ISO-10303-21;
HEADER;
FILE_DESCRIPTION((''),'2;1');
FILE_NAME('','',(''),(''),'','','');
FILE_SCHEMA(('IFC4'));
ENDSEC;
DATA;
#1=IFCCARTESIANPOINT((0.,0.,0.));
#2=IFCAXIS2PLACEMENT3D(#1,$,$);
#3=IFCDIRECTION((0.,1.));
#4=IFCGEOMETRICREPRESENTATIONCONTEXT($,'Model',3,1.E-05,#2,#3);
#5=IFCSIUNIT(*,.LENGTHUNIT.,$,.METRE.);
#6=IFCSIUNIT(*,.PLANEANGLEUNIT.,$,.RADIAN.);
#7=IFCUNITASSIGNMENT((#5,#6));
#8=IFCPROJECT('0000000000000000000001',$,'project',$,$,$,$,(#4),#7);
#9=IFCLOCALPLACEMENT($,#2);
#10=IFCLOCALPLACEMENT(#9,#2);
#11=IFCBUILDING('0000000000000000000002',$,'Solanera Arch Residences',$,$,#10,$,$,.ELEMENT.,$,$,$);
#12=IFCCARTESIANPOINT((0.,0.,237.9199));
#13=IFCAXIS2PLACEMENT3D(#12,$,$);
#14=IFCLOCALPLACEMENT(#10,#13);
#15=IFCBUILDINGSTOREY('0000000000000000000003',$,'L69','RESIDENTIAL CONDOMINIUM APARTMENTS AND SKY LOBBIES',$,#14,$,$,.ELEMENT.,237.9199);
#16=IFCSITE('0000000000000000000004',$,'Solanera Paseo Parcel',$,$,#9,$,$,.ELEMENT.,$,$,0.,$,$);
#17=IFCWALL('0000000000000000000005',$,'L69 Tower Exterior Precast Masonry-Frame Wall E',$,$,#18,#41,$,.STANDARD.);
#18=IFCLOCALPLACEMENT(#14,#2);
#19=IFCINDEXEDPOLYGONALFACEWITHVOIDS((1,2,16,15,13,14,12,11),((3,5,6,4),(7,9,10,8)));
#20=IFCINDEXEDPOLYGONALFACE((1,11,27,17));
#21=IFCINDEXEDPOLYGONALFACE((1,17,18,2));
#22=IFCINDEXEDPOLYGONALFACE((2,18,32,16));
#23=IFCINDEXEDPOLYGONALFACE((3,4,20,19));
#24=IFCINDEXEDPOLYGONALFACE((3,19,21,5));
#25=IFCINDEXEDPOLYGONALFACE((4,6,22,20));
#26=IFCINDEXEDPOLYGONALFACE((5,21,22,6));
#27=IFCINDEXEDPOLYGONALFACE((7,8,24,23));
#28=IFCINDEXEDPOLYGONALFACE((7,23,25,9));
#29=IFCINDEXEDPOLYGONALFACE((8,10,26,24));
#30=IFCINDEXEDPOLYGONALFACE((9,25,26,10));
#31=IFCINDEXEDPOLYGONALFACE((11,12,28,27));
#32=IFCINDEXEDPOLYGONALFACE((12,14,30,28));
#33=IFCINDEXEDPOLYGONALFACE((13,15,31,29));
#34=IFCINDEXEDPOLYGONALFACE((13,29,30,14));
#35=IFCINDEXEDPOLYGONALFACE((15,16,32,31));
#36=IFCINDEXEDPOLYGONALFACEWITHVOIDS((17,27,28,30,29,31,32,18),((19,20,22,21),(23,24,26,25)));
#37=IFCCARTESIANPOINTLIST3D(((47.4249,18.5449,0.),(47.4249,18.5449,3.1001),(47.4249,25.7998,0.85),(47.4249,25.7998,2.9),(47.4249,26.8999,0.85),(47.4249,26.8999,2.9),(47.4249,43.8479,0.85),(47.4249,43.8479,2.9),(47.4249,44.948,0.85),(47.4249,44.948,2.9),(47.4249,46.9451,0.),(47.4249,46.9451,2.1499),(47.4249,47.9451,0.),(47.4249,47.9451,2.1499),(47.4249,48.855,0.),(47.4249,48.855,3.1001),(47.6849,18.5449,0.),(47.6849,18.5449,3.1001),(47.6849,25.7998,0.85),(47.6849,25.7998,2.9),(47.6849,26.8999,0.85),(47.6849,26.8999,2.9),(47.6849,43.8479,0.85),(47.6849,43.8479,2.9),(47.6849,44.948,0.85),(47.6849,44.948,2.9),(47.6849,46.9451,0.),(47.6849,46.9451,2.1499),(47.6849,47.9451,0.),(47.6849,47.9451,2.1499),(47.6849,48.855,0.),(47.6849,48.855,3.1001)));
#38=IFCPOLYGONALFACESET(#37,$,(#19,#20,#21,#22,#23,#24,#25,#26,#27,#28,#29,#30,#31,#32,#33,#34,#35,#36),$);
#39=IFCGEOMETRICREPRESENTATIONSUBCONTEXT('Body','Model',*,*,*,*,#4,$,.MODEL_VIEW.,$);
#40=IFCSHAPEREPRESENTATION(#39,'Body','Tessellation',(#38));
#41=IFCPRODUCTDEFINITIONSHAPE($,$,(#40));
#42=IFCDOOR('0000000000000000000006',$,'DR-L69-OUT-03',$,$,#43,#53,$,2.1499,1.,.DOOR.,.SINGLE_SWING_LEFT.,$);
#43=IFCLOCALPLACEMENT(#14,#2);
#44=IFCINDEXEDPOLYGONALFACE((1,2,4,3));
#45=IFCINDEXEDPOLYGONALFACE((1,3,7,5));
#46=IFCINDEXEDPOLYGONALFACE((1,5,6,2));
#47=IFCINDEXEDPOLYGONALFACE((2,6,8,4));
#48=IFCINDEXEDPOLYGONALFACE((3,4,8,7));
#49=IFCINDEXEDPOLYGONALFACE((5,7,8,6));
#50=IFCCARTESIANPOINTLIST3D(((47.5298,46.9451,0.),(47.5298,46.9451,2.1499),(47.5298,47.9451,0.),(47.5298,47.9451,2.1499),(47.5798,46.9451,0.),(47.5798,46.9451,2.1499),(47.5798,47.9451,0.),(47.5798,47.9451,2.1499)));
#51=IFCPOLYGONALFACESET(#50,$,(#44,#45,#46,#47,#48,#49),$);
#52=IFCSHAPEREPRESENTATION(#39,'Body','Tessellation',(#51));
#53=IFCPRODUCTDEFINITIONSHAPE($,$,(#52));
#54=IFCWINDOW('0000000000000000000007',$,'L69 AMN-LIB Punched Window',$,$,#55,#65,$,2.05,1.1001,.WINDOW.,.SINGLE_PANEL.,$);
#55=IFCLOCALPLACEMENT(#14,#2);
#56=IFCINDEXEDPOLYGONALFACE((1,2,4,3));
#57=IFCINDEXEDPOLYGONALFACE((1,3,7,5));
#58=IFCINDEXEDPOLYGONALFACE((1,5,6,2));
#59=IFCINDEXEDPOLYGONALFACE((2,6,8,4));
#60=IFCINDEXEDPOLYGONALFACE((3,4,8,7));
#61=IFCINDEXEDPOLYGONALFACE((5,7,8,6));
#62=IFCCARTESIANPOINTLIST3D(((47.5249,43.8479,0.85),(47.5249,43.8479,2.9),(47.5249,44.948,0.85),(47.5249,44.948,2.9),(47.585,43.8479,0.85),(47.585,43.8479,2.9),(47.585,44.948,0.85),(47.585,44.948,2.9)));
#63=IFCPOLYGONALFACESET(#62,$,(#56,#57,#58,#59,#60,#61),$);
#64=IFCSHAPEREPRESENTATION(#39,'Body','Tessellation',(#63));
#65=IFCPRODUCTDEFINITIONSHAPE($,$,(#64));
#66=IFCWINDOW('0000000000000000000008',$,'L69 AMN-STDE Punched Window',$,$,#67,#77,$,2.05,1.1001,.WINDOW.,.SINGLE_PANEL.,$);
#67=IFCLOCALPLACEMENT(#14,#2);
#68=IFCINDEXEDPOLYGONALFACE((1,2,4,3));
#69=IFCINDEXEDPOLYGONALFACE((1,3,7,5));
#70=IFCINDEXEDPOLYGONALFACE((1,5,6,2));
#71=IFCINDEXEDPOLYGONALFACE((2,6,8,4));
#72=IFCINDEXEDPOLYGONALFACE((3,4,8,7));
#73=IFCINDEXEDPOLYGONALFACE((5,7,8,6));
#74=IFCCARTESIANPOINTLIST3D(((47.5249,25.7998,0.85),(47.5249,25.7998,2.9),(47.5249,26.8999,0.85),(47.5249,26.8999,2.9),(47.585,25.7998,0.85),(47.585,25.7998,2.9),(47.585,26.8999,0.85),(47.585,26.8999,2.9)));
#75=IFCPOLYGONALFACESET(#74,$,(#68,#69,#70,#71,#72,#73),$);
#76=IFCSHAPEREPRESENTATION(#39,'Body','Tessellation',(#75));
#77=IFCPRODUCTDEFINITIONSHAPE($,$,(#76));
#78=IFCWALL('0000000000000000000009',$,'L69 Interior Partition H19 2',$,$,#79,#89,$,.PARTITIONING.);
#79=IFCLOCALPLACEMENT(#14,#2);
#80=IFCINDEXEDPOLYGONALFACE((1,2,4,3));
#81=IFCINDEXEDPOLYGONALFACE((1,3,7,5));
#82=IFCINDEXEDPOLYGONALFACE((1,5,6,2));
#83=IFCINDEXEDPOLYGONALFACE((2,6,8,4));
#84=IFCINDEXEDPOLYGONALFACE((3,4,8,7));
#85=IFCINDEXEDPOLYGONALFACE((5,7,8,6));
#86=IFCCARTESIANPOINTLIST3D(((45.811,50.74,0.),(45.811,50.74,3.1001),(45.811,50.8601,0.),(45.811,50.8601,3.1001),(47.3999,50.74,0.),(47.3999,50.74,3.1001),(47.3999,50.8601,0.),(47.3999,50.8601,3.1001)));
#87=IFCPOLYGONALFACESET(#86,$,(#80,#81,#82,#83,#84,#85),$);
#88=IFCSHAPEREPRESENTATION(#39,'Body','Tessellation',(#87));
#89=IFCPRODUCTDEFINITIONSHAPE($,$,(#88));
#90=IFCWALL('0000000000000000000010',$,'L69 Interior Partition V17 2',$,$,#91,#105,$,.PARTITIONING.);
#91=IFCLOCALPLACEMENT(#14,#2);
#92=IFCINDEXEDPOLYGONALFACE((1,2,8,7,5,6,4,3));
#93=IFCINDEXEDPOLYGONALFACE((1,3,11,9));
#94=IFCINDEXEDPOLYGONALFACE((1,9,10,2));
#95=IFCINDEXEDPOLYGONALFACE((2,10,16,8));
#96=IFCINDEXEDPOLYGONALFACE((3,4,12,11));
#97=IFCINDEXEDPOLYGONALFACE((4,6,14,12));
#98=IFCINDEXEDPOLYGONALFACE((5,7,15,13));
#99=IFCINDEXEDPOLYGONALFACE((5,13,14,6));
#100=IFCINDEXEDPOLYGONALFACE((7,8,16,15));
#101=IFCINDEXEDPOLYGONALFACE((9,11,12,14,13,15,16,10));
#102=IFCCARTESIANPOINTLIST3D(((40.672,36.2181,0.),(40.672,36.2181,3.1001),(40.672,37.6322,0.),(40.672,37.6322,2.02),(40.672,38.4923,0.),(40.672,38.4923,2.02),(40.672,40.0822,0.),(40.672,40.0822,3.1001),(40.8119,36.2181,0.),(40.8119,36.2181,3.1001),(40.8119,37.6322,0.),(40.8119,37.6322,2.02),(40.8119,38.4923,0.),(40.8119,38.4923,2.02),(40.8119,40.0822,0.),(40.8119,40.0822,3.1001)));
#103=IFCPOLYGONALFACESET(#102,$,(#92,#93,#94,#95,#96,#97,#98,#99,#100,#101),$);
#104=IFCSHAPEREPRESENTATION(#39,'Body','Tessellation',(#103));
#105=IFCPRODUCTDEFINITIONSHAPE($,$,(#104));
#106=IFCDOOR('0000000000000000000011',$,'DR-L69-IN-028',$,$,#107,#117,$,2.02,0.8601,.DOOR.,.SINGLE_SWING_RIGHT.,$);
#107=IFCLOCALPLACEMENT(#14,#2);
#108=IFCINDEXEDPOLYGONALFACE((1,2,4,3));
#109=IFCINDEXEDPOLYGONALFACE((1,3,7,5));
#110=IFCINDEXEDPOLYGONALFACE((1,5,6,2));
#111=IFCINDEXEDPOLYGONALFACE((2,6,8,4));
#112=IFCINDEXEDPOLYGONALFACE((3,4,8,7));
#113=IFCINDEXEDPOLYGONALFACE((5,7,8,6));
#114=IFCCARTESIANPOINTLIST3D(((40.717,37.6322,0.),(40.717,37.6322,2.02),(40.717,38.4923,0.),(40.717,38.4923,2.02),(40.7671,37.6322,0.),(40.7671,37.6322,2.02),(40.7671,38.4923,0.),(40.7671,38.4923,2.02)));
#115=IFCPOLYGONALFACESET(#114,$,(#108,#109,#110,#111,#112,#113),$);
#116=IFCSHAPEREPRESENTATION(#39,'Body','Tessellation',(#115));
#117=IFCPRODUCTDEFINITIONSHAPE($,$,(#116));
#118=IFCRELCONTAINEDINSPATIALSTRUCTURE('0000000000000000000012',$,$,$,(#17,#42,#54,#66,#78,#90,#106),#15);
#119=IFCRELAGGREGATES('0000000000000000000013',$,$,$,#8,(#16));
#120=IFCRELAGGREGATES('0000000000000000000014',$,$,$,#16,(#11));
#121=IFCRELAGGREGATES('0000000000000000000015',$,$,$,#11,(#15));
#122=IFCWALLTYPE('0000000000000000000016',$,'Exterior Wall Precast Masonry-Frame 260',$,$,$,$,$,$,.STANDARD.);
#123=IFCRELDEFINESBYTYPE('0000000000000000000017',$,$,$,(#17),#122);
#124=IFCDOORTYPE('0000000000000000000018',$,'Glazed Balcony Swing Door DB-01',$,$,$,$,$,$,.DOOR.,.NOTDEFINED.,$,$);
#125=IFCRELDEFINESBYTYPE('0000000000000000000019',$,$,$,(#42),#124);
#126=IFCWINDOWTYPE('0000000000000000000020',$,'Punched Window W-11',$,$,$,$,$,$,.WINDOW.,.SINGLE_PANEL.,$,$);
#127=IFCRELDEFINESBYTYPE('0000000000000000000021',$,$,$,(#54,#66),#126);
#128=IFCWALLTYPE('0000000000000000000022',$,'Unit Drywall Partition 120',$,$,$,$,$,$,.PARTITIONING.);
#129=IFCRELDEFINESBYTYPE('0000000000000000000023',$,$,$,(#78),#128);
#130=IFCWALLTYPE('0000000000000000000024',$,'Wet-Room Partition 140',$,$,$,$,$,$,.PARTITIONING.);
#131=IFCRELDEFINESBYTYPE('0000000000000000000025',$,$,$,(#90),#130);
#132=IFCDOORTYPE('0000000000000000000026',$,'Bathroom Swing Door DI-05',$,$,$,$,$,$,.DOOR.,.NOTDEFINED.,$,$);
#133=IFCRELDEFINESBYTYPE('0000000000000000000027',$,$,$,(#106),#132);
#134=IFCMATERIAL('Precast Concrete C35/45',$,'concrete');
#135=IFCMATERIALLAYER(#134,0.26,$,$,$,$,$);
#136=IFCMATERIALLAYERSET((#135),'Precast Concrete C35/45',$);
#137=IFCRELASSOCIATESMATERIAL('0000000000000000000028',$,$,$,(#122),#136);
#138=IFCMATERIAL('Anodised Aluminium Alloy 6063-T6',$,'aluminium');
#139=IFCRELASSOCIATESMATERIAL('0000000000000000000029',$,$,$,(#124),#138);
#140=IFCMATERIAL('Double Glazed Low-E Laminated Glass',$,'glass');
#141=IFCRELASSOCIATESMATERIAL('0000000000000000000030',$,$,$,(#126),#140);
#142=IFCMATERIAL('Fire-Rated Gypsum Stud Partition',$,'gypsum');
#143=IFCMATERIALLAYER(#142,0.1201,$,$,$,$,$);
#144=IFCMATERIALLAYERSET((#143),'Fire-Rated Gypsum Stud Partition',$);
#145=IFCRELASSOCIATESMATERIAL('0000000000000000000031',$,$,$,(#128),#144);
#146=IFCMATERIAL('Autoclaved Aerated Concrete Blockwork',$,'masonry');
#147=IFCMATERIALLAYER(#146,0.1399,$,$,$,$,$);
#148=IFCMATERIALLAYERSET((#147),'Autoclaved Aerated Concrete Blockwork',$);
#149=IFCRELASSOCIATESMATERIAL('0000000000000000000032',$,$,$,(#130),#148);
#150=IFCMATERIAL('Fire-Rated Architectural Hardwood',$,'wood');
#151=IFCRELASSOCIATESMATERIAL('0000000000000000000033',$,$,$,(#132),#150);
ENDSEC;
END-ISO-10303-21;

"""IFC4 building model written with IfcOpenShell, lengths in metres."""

from ifc_helpers import new_model, si_unit, direction, frame, frame_2d, origin, place, context, subcontext, project, spatial, rectangle, extrude, material, layer, layer_set, type_object, element, fill, save


model = new_model("IFC4")

# Units and contexts
model_context = context("Model", 3, precision=1e-05, world=origin(), true_north=direction((0.0, 1.0)))
body_context = subcontext(model_context, "Body", "Model", "MODEL_VIEW")
ifc_project = project(units=[si_unit("LENGTHUNIT", "METRE"), si_unit("PLANEANGLEUNIT", "RADIAN")], contexts=[model_context])

# Site, building, storey
site_placement = place(None, origin())
site = spatial("IfcSite", under=ifc_project, at=site_placement, Name="Solanera Paseo Parcel", CompositionType="ELEMENT", RefElevation=0.0)
building_placement = place(site_placement, origin())
building = spatial("IfcBuilding", under=site, at=building_placement, Name="Solanera Arch Residences", CompositionType="ELEMENT")
storey_placement = place(building_placement, frame((0.0, 0.0, 237.9199)))
storey = spatial("IfcBuildingStorey", under=building, at=storey_placement, Name="L69", Description="RESIDENTIAL CONDOMINIUM APARTMENTS AND SKY LOBBIES", CompositionType="ELEMENT", Elevation=237.9199)

# Shared definitions
ifc_material_1 = material(Name="Precast Concrete C35/45", Category="concrete")
ifc_layer_1 = layer(ifc_material_1, 0.26)
ifc_layer_set_1 = layer_set([ifc_layer_1], Name="Precast Concrete C35/45")
wall_type_1 = type_object("IfcWallType", Name="Exterior Wall Precast Masonry-Frame 260", PredefinedType="STANDARD", material=ifc_layer_set_1)

# Wall, openings, door, windows
wall_1_placement = place(storey_placement, frame((47.5549, 48.855, 0.0), z_axis=(0.0, 0.0, 1.0), x_axis=(0.0, -1.0, 0.0)))
wall_1 = element("IfcWall", 1, at=wall_1_placement, inside=storey, type_object=wall_type_1, Name="L69 Tower Exterior Precast Masonry-Frame Wall E", PredefinedType="STANDARD", context=body_context, shape_type="SweptSolid", body=[
    extrude(rectangle(XDim=30.3101, YDim=0.26, at=frame_2d((15.155, 0.0))), origin(), (0.0, 0.0, 1.0), 3.1001),
])
opening_1_placement = place(wall_1_placement, frame((0.9099, 0.0, 0.0)))
opening_1 = element("IfcOpeningElement", 2, at=opening_1_placement, cuts=wall_1, PredefinedType="OPENING", context=body_context, shape_type="SweptSolid", body=[
    extrude(rectangle(XDim=1.0, YDim=2.1499, at=frame_2d((0.5, 1.075))), frame((0.0, 0.1399, 0.0), z_axis=(0.0, -1.0, 0.0), x_axis=(1.0, 0.0, 0.0)), (0.0, 0.0, 1.0), 0.28),
])
opening_2_placement = place(wall_1_placement, frame((3.907, 0.0, 0.8501)))
opening_2 = element("IfcOpeningElement", 3, at=opening_2_placement, cuts=wall_1, PredefinedType="OPENING", context=body_context, shape_type="SweptSolid", body=[
    extrude(rectangle(XDim=1.1001, YDim=2.05, at=frame_2d((0.55, 1.0249))), frame((0.0, 0.1399, 0.0), z_axis=(0.0, -1.0, 0.0), x_axis=(1.0, 0.0, 0.0)), (0.0, 0.0, 1.0), 0.28),
])
opening_3_placement = place(wall_1_placement, frame((21.9551, 0.0, 0.8501)))
opening_3 = element("IfcOpeningElement", 4, at=opening_3_placement, cuts=wall_1, PredefinedType="OPENING", context=body_context, shape_type="SweptSolid", body=[
    extrude(rectangle(XDim=1.1001, YDim=2.05, at=frame_2d((0.55, 1.0249))), frame((0.0, 0.1399, 0.0), z_axis=(0.0, -1.0, 0.0), x_axis=(1.0, 0.0, 0.0)), (0.0, 0.0, 1.0), 0.28),
])
ifc_material_2 = material(Name="Anodised Aluminium Alloy 6063-T6", Category="aluminium")
door_type_1 = type_object("IfcDoorType", Name="Glazed Balcony Swing Door DB-01", OperationType="NOTDEFINED", PredefinedType="DOOR", material=ifc_material_2)
door_1_placement = place(opening_1_placement, origin())
door_1 = element("IfcDoor", 5, at=door_1_placement, inside=storey, type_object=door_type_1, Name="DR-L69-OUT-03", OperationType="SINGLE_SWING_LEFT", OverallHeight=2.1499, OverallWidth=1.0, PredefinedType="DOOR", context=body_context, shape_type="SweptSolid", body=[
    extrude(rectangle(XDim=1.0, YDim=2.1499, at=frame_2d((0.5, 1.075))), frame((0.0, 0.0249, 0.0), z_axis=(0.0, -1.0, 0.0), x_axis=(1.0, 0.0, 0.0)), (0.0, 0.0, 1.0), 0.05),
])
fill(opening_1, door_1)
ifc_material_3 = material(Name="Double Glazed Low-E Laminated Glass", Category="glass")
window_type = type_object("IfcWindowType", Name="Punched Window W-11", PartitioningType="SINGLE_PANEL", PredefinedType="WINDOW", material=ifc_material_3)
window_1_placement = place(opening_2_placement, origin())
window_1 = element("IfcWindow", 6, at=window_1_placement, inside=storey, type_object=window_type, Name="L69 AMN-LIB Punched Window", OverallHeight=2.05, OverallWidth=1.1001, PartitioningType="SINGLE_PANEL", PredefinedType="WINDOW", context=body_context, shape_type="SweptSolid", body=[
    extrude(rectangle(XDim=1.1001, YDim=2.05, at=frame_2d((0.55, 1.0249))), frame((0.0, 0.03, 0.0), z_axis=(0.0, -1.0, 0.0), x_axis=(1.0, 0.0, 0.0)), (0.0, 0.0, 1.0), 0.0601),
])
fill(opening_2, window_1)
window_2_placement = place(opening_3_placement, origin())
window_2 = element("IfcWindow", 7, at=window_2_placement, inside=storey, type_object=window_type, Name="L69 AMN-STDE Punched Window", OverallHeight=2.05, OverallWidth=1.1001, PartitioningType="SINGLE_PANEL", PredefinedType="WINDOW", context=body_context, shape_type="SweptSolid", body=[
    extrude(rectangle(XDim=1.1001, YDim=2.05, at=frame_2d((0.55, 1.0249))), frame((0.0, 0.03, 0.0), z_axis=(0.0, -1.0, 0.0), x_axis=(1.0, 0.0, 0.0)), (0.0, 0.0, 1.0), 0.0601),
])
fill(opening_3, window_2)

# Wall
ifc_material_4 = material(Name="Fire-Rated Gypsum Stud Partition", Category="gypsum")
ifc_layer_2 = layer(ifc_material_4, 0.1201)
ifc_layer_set_2 = layer_set([ifc_layer_2], Name="Fire-Rated Gypsum Stud Partition")
wall_type_2 = type_object("IfcWallType", Name="Unit Drywall Partition 120", PredefinedType="PARTITIONING", material=ifc_layer_set_2)
wall_2_placement = place(storey_placement, frame((45.811, 50.8, 0.0), z_axis=(0.0, 0.0, 1.0), x_axis=(1.0, 0.0, 0.0)))
element("IfcWall", 8, at=wall_2_placement, inside=storey, type_object=wall_type_2, Name="L69 Interior Partition H19 2", PredefinedType="PARTITIONING", context=body_context, shape_type="SweptSolid", body=[
    extrude(rectangle(XDim=1.5889, YDim=0.1201, at=frame_2d((0.7944, 0.0))), origin(), (0.0, 0.0, 1.0), 3.1001),
])

# Wall, opening, door
ifc_material_5 = material(Name="Autoclaved Aerated Concrete Blockwork", Category="masonry")
ifc_layer_3 = layer(ifc_material_5, 0.1399)
ifc_layer_set_3 = layer_set([ifc_layer_3], Name="Autoclaved Aerated Concrete Blockwork")
wall_type_3 = type_object("IfcWallType", Name="Wet-Room Partition 140", PredefinedType="PARTITIONING", material=ifc_layer_set_3)
wall_3_placement = place(storey_placement, frame((40.7419, 36.218, 0.0), z_axis=(0.0, 0.0, 1.0), x_axis=(0.0, 1.0, 0.0)))
wall_3 = element("IfcWall", 9, at=wall_3_placement, inside=storey, type_object=wall_type_3, Name="L69 Interior Partition V17 2", PredefinedType="PARTITIONING", context=body_context, shape_type="SweptSolid", body=[
    extrude(rectangle(XDim=3.864, YDim=0.1399, at=frame_2d((1.9321, 0.0))), origin(), (0.0, 0.0, 1.0), 3.1001),
])
opening_4_placement = place(wall_3_placement, frame((1.4141, 0.0, 0.0)))
opening_4 = element("IfcOpeningElement", 10, at=opening_4_placement, cuts=wall_3, PredefinedType="OPENING", context=body_context, shape_type="SweptSolid", body=[
    extrude(rectangle(XDim=0.8601, YDim=2.02, at=frame_2d((0.4302, 1.01))), frame((0.0, 0.0798, 0.0), z_axis=(0.0, -1.0, 0.0), x_axis=(1.0, 0.0, 0.0)), (0.0, 0.0, 1.0), 0.1599),
])
ifc_material_6 = material(Name="Fire-Rated Architectural Hardwood", Category="wood")
door_type_2 = type_object("IfcDoorType", Name="Bathroom Swing Door DI-05", OperationType="NOTDEFINED", PredefinedType="DOOR", material=ifc_material_6)
door_2_placement = place(opening_4_placement, origin())
door_2 = element("IfcDoor", 11, at=door_2_placement, inside=storey, type_object=door_type_2, Name="DR-L69-IN-028", OperationType="SINGLE_SWING_RIGHT", OverallHeight=2.02, OverallWidth=0.8601, PredefinedType="DOOR", context=body_context, shape_type="SweptSolid", body=[
    extrude(rectangle(XDim=0.8601, YDim=2.02, at=frame_2d((0.4302, 1.01))), frame((0.0, 0.0249, 0.0), z_axis=(0.0, -1.0, 0.0), x_axis=(1.0, 0.0, 0.0)), (0.0, 0.0, 1.0), 0.05),
])
fill(opening_4, door_2)

save(model, "model.ifc")
